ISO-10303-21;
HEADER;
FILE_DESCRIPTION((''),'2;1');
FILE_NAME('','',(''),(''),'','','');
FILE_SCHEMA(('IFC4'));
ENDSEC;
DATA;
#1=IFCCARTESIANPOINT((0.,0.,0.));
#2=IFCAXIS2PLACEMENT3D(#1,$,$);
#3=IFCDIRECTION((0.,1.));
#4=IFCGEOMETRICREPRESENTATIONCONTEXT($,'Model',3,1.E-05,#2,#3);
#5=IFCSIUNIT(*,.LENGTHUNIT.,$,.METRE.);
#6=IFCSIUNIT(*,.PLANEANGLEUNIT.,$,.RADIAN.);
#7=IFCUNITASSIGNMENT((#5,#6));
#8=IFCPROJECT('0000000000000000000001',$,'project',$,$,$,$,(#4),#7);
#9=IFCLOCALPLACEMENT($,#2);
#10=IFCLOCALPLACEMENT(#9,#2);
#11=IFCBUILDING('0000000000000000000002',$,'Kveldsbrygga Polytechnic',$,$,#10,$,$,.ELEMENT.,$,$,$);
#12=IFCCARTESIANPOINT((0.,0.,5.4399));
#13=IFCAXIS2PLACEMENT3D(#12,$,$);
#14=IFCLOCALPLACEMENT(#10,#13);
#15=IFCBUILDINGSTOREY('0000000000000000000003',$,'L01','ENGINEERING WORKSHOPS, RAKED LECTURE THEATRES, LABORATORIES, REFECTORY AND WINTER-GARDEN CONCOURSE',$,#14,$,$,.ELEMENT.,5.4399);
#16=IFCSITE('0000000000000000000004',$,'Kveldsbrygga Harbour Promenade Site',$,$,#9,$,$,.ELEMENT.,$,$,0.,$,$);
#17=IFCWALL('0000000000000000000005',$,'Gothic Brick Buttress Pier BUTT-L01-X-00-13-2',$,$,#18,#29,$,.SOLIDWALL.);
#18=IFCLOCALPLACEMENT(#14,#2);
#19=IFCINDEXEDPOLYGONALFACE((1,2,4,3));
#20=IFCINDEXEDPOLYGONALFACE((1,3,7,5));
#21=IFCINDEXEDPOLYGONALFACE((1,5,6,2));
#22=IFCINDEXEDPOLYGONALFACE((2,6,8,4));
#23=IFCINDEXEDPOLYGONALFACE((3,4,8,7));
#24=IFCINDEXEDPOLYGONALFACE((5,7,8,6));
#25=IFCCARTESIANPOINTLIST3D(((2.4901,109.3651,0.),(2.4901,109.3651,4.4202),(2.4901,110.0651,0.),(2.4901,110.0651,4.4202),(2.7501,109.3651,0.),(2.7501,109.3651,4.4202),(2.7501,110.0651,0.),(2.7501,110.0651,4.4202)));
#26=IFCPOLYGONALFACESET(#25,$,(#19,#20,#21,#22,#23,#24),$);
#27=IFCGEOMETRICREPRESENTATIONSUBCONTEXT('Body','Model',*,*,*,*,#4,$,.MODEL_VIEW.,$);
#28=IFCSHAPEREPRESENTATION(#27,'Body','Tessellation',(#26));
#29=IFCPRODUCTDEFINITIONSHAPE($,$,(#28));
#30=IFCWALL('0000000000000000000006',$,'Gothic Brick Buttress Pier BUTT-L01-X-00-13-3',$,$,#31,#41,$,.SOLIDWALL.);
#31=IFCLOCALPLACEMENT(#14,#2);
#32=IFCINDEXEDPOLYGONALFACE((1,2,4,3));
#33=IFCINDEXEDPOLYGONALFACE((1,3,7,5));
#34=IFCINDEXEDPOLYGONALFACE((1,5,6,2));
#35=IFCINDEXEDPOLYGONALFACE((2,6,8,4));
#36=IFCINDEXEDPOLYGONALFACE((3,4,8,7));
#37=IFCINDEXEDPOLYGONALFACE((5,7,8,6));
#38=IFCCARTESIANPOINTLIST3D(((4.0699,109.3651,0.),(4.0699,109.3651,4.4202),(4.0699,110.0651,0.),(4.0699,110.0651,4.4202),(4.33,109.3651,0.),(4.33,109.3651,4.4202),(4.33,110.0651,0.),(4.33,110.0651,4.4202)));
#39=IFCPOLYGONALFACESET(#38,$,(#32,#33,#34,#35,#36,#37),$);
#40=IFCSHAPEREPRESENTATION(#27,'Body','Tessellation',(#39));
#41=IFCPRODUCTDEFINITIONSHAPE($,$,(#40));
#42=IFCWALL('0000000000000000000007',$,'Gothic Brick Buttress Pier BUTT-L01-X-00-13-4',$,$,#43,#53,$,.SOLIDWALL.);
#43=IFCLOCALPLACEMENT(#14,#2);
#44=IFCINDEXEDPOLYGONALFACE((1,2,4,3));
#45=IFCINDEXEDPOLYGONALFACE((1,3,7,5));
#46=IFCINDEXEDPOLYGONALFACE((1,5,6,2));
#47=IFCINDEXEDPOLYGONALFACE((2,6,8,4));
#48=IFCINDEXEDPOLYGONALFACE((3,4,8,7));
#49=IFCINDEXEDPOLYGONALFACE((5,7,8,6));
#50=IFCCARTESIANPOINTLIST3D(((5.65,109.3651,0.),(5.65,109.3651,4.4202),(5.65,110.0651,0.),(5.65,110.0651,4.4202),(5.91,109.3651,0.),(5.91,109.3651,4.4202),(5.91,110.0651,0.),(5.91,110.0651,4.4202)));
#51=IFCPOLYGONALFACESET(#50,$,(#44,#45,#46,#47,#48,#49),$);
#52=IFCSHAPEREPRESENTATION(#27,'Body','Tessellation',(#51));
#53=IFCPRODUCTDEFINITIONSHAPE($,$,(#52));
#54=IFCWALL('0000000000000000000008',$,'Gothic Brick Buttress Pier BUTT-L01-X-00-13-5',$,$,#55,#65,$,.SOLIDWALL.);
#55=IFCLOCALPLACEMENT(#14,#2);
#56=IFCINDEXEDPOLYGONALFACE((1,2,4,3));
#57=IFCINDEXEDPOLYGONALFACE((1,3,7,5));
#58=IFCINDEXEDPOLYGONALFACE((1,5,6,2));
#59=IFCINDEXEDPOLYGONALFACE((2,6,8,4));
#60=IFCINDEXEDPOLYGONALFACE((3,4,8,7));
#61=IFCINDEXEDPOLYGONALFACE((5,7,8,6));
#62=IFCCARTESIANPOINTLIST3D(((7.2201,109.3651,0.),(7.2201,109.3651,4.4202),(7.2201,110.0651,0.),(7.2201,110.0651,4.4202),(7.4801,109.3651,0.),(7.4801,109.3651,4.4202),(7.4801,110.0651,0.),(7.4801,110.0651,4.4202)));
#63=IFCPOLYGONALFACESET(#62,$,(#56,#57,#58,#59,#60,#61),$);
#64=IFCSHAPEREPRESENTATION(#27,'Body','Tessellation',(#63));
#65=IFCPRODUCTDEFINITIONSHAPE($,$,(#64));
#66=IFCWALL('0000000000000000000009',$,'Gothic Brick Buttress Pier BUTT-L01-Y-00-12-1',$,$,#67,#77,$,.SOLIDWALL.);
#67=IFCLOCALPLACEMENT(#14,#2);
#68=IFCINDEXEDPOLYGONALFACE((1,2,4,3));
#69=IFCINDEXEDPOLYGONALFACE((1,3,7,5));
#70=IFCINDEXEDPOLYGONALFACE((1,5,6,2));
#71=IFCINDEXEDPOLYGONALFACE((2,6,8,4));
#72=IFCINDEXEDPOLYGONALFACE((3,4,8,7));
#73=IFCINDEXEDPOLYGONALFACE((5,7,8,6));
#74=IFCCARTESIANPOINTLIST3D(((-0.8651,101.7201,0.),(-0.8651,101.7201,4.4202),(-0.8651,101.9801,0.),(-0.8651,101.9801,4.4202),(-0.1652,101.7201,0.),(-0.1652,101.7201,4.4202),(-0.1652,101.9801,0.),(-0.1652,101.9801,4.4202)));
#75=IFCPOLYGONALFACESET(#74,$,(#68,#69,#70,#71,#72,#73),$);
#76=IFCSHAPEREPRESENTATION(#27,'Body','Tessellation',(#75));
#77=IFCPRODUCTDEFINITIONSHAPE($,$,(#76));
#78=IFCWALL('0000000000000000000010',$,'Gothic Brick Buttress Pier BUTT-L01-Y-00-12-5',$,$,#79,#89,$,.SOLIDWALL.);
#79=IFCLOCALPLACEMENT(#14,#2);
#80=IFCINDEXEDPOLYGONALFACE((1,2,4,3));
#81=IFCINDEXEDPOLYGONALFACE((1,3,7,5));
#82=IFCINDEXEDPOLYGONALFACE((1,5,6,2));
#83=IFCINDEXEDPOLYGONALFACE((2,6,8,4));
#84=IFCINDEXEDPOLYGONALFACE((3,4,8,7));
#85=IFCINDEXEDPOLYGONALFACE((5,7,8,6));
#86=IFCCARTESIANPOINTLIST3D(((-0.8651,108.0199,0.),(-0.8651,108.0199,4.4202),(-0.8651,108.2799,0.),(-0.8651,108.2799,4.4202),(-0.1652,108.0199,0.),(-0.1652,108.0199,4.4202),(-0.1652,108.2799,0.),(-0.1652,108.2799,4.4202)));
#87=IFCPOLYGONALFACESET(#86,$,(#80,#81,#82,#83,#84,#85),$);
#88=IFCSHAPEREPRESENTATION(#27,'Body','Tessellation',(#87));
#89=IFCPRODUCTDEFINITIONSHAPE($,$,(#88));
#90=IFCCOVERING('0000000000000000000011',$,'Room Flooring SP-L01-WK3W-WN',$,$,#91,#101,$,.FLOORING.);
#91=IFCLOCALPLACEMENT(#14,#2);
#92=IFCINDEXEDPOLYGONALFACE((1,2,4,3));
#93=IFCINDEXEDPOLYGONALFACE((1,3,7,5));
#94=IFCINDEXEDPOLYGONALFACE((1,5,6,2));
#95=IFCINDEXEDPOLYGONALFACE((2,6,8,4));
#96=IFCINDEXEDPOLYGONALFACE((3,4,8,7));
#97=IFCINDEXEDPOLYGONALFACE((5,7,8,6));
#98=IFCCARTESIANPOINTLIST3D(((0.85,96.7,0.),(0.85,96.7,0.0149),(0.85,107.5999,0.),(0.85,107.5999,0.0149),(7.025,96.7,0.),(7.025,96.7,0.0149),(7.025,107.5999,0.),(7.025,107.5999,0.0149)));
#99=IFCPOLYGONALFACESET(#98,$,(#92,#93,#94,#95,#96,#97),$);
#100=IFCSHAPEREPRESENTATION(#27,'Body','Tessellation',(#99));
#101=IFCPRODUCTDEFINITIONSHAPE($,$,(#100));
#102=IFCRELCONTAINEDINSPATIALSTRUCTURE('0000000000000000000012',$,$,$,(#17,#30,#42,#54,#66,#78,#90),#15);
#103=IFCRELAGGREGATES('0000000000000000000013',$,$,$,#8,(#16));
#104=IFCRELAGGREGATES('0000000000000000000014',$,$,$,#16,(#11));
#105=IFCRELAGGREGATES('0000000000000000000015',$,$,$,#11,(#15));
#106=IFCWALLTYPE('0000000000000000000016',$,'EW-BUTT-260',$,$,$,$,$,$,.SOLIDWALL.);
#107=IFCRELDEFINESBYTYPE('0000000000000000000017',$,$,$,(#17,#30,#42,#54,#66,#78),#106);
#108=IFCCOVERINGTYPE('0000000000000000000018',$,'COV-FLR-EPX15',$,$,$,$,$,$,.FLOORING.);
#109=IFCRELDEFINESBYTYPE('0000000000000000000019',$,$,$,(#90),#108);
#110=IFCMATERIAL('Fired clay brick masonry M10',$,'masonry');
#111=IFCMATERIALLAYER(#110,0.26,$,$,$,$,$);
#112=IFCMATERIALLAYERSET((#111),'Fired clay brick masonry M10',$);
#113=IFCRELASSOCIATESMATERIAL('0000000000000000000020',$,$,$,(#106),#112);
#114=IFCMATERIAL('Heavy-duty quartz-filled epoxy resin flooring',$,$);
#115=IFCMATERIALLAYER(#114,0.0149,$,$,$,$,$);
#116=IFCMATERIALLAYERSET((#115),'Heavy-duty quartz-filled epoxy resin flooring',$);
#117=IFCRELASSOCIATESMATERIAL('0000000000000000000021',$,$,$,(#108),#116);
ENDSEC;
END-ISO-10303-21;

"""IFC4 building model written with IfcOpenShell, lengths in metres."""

from ifc_helpers import new_model, si_unit, direction, frame, frame_2d, origin, origin_2d, place, context, subcontext, project, spatial, rectangle, extrude, material, layer, layer_set, type_object, element, save


model = new_model("IFC4")

# Units and contexts
model_context = context("Model", 3, precision=1e-05, world=origin(), true_north=direction((0.0, 1.0)))
body_context = subcontext(model_context, "Body", "Model", "MODEL_VIEW")
ifc_project = project(units=[si_unit("LENGTHUNIT", "METRE"), si_unit("PLANEANGLEUNIT", "RADIAN")], contexts=[model_context])

# Site, building, storey
site_placement = place(None, origin())
site = spatial("IfcSite", under=ifc_project, at=site_placement, Name="Kveldsbrygga Harbour Promenade Site", CompositionType="ELEMENT", RefElevation=0.0)
building_placement = place(site_placement, origin())
building = spatial("IfcBuilding", under=site, at=building_placement, Name="Kveldsbrygga Polytechnic", CompositionType="ELEMENT")
storey_placement = place(building_placement, frame((0.0, 0.0, 5.4399)))
storey = spatial("IfcBuildingStorey", under=building, at=storey_placement, Name="L01", Description="ENGINEERING WORKSHOPS, RAKED LECTURE THEATRES, LABORATORIES, REFECTORY AND WINTER-GARDEN CONCOURSE", CompositionType="ELEMENT", Elevation=5.4399)

# Shared definitions
ifc_material_1 = material(Name="Fired clay brick masonry M10", Category="masonry")

# Walls
ifc_layer_1 = layer(ifc_material_1, 0.26)
ifc_layer_set_1 = layer_set([ifc_layer_1], Name="Fired clay brick masonry M10")
wall_type_1 = type_object("IfcWallType", Name="EW-BUTT-260", PredefinedType="SOLIDWALL", material=ifc_layer_set_1)
for number, where, z_axis, x_axis, name in (
    (1, (2.6201, 109.365, 0.0), (0.0, 0.0, 1.0), (0.0, 1.0, 0.0), "Gothic Brick Buttress Pier BUTT-L01-X-00-13-2"),
    (2, (4.2, 109.365, 0.0), (0.0, 0.0, 1.0), (0.0, 1.0, 0.0), "Gothic Brick Buttress Pier BUTT-L01-X-00-13-3"),
    (3, (5.78, 109.365, 0.0), (0.0, 0.0, 1.0), (0.0, 1.0, 0.0), "Gothic Brick Buttress Pier BUTT-L01-X-00-13-4"),
    (4, (7.3501, 109.365, 0.0), (0.0, 0.0, 1.0), (0.0, 1.0, 0.0), "Gothic Brick Buttress Pier BUTT-L01-X-00-13-5"),
    (5, (-0.165, 101.8501, 0.0), (0.0, 0.0, 1.0), (-1.0, 0.0, 0.0), "Gothic Brick Buttress Pier BUTT-L01-Y-00-12-1"),
    (6, (-0.165, 108.1499, 0.0), (0.0, 0.0, 1.0), (-1.0, 0.0, 0.0), "Gothic Brick Buttress Pier BUTT-L01-Y-00-12-5"),
):
    element("IfcWall", number, at=place(storey_placement, frame(where, z_axis=z_axis, x_axis=x_axis)), inside=storey, type_object=wall_type_1, Name=name, PredefinedType="SOLIDWALL", context=body_context, shape_type="SweptSolid", body=[
        extrude(rectangle(XDim=0.7, YDim=0.26, at=frame_2d((0.3501, 0.0))), origin(), (0.0, 0.0, 1.0), 4.4202),
    ])

# Covering
ifc_material_2 = material(Name="Heavy-duty quartz-filled epoxy resin flooring")
ifc_layer_2 = layer(ifc_material_2, 0.0149)
ifc_layer_set_2 = layer_set([ifc_layer_2], Name="Heavy-duty quartz-filled epoxy resin flooring")
covering_type = type_object("IfcCoveringType", Name="COV-FLR-EPX15", PredefinedType="FLOORING", material=ifc_layer_set_2)
covering_placement = place(storey_placement, frame((3.9375, 102.1499, 0.0), z_axis=(0.0, 0.0, 1.0), x_axis=(1.0, 0.0, 0.0)))
element("IfcCovering", 7, at=covering_placement, inside=storey, type_object=covering_type, Name="Room Flooring SP-L01-WK3W-WN", PredefinedType="FLOORING", context=body_context, shape_type="SweptSolid", body=[
    extrude(rectangle(XDim=6.175, YDim=10.8999, at=origin_2d()), origin(), (0.0, 0.0, 1.0), 0.0149),
])

save(model, "model.ifc")
